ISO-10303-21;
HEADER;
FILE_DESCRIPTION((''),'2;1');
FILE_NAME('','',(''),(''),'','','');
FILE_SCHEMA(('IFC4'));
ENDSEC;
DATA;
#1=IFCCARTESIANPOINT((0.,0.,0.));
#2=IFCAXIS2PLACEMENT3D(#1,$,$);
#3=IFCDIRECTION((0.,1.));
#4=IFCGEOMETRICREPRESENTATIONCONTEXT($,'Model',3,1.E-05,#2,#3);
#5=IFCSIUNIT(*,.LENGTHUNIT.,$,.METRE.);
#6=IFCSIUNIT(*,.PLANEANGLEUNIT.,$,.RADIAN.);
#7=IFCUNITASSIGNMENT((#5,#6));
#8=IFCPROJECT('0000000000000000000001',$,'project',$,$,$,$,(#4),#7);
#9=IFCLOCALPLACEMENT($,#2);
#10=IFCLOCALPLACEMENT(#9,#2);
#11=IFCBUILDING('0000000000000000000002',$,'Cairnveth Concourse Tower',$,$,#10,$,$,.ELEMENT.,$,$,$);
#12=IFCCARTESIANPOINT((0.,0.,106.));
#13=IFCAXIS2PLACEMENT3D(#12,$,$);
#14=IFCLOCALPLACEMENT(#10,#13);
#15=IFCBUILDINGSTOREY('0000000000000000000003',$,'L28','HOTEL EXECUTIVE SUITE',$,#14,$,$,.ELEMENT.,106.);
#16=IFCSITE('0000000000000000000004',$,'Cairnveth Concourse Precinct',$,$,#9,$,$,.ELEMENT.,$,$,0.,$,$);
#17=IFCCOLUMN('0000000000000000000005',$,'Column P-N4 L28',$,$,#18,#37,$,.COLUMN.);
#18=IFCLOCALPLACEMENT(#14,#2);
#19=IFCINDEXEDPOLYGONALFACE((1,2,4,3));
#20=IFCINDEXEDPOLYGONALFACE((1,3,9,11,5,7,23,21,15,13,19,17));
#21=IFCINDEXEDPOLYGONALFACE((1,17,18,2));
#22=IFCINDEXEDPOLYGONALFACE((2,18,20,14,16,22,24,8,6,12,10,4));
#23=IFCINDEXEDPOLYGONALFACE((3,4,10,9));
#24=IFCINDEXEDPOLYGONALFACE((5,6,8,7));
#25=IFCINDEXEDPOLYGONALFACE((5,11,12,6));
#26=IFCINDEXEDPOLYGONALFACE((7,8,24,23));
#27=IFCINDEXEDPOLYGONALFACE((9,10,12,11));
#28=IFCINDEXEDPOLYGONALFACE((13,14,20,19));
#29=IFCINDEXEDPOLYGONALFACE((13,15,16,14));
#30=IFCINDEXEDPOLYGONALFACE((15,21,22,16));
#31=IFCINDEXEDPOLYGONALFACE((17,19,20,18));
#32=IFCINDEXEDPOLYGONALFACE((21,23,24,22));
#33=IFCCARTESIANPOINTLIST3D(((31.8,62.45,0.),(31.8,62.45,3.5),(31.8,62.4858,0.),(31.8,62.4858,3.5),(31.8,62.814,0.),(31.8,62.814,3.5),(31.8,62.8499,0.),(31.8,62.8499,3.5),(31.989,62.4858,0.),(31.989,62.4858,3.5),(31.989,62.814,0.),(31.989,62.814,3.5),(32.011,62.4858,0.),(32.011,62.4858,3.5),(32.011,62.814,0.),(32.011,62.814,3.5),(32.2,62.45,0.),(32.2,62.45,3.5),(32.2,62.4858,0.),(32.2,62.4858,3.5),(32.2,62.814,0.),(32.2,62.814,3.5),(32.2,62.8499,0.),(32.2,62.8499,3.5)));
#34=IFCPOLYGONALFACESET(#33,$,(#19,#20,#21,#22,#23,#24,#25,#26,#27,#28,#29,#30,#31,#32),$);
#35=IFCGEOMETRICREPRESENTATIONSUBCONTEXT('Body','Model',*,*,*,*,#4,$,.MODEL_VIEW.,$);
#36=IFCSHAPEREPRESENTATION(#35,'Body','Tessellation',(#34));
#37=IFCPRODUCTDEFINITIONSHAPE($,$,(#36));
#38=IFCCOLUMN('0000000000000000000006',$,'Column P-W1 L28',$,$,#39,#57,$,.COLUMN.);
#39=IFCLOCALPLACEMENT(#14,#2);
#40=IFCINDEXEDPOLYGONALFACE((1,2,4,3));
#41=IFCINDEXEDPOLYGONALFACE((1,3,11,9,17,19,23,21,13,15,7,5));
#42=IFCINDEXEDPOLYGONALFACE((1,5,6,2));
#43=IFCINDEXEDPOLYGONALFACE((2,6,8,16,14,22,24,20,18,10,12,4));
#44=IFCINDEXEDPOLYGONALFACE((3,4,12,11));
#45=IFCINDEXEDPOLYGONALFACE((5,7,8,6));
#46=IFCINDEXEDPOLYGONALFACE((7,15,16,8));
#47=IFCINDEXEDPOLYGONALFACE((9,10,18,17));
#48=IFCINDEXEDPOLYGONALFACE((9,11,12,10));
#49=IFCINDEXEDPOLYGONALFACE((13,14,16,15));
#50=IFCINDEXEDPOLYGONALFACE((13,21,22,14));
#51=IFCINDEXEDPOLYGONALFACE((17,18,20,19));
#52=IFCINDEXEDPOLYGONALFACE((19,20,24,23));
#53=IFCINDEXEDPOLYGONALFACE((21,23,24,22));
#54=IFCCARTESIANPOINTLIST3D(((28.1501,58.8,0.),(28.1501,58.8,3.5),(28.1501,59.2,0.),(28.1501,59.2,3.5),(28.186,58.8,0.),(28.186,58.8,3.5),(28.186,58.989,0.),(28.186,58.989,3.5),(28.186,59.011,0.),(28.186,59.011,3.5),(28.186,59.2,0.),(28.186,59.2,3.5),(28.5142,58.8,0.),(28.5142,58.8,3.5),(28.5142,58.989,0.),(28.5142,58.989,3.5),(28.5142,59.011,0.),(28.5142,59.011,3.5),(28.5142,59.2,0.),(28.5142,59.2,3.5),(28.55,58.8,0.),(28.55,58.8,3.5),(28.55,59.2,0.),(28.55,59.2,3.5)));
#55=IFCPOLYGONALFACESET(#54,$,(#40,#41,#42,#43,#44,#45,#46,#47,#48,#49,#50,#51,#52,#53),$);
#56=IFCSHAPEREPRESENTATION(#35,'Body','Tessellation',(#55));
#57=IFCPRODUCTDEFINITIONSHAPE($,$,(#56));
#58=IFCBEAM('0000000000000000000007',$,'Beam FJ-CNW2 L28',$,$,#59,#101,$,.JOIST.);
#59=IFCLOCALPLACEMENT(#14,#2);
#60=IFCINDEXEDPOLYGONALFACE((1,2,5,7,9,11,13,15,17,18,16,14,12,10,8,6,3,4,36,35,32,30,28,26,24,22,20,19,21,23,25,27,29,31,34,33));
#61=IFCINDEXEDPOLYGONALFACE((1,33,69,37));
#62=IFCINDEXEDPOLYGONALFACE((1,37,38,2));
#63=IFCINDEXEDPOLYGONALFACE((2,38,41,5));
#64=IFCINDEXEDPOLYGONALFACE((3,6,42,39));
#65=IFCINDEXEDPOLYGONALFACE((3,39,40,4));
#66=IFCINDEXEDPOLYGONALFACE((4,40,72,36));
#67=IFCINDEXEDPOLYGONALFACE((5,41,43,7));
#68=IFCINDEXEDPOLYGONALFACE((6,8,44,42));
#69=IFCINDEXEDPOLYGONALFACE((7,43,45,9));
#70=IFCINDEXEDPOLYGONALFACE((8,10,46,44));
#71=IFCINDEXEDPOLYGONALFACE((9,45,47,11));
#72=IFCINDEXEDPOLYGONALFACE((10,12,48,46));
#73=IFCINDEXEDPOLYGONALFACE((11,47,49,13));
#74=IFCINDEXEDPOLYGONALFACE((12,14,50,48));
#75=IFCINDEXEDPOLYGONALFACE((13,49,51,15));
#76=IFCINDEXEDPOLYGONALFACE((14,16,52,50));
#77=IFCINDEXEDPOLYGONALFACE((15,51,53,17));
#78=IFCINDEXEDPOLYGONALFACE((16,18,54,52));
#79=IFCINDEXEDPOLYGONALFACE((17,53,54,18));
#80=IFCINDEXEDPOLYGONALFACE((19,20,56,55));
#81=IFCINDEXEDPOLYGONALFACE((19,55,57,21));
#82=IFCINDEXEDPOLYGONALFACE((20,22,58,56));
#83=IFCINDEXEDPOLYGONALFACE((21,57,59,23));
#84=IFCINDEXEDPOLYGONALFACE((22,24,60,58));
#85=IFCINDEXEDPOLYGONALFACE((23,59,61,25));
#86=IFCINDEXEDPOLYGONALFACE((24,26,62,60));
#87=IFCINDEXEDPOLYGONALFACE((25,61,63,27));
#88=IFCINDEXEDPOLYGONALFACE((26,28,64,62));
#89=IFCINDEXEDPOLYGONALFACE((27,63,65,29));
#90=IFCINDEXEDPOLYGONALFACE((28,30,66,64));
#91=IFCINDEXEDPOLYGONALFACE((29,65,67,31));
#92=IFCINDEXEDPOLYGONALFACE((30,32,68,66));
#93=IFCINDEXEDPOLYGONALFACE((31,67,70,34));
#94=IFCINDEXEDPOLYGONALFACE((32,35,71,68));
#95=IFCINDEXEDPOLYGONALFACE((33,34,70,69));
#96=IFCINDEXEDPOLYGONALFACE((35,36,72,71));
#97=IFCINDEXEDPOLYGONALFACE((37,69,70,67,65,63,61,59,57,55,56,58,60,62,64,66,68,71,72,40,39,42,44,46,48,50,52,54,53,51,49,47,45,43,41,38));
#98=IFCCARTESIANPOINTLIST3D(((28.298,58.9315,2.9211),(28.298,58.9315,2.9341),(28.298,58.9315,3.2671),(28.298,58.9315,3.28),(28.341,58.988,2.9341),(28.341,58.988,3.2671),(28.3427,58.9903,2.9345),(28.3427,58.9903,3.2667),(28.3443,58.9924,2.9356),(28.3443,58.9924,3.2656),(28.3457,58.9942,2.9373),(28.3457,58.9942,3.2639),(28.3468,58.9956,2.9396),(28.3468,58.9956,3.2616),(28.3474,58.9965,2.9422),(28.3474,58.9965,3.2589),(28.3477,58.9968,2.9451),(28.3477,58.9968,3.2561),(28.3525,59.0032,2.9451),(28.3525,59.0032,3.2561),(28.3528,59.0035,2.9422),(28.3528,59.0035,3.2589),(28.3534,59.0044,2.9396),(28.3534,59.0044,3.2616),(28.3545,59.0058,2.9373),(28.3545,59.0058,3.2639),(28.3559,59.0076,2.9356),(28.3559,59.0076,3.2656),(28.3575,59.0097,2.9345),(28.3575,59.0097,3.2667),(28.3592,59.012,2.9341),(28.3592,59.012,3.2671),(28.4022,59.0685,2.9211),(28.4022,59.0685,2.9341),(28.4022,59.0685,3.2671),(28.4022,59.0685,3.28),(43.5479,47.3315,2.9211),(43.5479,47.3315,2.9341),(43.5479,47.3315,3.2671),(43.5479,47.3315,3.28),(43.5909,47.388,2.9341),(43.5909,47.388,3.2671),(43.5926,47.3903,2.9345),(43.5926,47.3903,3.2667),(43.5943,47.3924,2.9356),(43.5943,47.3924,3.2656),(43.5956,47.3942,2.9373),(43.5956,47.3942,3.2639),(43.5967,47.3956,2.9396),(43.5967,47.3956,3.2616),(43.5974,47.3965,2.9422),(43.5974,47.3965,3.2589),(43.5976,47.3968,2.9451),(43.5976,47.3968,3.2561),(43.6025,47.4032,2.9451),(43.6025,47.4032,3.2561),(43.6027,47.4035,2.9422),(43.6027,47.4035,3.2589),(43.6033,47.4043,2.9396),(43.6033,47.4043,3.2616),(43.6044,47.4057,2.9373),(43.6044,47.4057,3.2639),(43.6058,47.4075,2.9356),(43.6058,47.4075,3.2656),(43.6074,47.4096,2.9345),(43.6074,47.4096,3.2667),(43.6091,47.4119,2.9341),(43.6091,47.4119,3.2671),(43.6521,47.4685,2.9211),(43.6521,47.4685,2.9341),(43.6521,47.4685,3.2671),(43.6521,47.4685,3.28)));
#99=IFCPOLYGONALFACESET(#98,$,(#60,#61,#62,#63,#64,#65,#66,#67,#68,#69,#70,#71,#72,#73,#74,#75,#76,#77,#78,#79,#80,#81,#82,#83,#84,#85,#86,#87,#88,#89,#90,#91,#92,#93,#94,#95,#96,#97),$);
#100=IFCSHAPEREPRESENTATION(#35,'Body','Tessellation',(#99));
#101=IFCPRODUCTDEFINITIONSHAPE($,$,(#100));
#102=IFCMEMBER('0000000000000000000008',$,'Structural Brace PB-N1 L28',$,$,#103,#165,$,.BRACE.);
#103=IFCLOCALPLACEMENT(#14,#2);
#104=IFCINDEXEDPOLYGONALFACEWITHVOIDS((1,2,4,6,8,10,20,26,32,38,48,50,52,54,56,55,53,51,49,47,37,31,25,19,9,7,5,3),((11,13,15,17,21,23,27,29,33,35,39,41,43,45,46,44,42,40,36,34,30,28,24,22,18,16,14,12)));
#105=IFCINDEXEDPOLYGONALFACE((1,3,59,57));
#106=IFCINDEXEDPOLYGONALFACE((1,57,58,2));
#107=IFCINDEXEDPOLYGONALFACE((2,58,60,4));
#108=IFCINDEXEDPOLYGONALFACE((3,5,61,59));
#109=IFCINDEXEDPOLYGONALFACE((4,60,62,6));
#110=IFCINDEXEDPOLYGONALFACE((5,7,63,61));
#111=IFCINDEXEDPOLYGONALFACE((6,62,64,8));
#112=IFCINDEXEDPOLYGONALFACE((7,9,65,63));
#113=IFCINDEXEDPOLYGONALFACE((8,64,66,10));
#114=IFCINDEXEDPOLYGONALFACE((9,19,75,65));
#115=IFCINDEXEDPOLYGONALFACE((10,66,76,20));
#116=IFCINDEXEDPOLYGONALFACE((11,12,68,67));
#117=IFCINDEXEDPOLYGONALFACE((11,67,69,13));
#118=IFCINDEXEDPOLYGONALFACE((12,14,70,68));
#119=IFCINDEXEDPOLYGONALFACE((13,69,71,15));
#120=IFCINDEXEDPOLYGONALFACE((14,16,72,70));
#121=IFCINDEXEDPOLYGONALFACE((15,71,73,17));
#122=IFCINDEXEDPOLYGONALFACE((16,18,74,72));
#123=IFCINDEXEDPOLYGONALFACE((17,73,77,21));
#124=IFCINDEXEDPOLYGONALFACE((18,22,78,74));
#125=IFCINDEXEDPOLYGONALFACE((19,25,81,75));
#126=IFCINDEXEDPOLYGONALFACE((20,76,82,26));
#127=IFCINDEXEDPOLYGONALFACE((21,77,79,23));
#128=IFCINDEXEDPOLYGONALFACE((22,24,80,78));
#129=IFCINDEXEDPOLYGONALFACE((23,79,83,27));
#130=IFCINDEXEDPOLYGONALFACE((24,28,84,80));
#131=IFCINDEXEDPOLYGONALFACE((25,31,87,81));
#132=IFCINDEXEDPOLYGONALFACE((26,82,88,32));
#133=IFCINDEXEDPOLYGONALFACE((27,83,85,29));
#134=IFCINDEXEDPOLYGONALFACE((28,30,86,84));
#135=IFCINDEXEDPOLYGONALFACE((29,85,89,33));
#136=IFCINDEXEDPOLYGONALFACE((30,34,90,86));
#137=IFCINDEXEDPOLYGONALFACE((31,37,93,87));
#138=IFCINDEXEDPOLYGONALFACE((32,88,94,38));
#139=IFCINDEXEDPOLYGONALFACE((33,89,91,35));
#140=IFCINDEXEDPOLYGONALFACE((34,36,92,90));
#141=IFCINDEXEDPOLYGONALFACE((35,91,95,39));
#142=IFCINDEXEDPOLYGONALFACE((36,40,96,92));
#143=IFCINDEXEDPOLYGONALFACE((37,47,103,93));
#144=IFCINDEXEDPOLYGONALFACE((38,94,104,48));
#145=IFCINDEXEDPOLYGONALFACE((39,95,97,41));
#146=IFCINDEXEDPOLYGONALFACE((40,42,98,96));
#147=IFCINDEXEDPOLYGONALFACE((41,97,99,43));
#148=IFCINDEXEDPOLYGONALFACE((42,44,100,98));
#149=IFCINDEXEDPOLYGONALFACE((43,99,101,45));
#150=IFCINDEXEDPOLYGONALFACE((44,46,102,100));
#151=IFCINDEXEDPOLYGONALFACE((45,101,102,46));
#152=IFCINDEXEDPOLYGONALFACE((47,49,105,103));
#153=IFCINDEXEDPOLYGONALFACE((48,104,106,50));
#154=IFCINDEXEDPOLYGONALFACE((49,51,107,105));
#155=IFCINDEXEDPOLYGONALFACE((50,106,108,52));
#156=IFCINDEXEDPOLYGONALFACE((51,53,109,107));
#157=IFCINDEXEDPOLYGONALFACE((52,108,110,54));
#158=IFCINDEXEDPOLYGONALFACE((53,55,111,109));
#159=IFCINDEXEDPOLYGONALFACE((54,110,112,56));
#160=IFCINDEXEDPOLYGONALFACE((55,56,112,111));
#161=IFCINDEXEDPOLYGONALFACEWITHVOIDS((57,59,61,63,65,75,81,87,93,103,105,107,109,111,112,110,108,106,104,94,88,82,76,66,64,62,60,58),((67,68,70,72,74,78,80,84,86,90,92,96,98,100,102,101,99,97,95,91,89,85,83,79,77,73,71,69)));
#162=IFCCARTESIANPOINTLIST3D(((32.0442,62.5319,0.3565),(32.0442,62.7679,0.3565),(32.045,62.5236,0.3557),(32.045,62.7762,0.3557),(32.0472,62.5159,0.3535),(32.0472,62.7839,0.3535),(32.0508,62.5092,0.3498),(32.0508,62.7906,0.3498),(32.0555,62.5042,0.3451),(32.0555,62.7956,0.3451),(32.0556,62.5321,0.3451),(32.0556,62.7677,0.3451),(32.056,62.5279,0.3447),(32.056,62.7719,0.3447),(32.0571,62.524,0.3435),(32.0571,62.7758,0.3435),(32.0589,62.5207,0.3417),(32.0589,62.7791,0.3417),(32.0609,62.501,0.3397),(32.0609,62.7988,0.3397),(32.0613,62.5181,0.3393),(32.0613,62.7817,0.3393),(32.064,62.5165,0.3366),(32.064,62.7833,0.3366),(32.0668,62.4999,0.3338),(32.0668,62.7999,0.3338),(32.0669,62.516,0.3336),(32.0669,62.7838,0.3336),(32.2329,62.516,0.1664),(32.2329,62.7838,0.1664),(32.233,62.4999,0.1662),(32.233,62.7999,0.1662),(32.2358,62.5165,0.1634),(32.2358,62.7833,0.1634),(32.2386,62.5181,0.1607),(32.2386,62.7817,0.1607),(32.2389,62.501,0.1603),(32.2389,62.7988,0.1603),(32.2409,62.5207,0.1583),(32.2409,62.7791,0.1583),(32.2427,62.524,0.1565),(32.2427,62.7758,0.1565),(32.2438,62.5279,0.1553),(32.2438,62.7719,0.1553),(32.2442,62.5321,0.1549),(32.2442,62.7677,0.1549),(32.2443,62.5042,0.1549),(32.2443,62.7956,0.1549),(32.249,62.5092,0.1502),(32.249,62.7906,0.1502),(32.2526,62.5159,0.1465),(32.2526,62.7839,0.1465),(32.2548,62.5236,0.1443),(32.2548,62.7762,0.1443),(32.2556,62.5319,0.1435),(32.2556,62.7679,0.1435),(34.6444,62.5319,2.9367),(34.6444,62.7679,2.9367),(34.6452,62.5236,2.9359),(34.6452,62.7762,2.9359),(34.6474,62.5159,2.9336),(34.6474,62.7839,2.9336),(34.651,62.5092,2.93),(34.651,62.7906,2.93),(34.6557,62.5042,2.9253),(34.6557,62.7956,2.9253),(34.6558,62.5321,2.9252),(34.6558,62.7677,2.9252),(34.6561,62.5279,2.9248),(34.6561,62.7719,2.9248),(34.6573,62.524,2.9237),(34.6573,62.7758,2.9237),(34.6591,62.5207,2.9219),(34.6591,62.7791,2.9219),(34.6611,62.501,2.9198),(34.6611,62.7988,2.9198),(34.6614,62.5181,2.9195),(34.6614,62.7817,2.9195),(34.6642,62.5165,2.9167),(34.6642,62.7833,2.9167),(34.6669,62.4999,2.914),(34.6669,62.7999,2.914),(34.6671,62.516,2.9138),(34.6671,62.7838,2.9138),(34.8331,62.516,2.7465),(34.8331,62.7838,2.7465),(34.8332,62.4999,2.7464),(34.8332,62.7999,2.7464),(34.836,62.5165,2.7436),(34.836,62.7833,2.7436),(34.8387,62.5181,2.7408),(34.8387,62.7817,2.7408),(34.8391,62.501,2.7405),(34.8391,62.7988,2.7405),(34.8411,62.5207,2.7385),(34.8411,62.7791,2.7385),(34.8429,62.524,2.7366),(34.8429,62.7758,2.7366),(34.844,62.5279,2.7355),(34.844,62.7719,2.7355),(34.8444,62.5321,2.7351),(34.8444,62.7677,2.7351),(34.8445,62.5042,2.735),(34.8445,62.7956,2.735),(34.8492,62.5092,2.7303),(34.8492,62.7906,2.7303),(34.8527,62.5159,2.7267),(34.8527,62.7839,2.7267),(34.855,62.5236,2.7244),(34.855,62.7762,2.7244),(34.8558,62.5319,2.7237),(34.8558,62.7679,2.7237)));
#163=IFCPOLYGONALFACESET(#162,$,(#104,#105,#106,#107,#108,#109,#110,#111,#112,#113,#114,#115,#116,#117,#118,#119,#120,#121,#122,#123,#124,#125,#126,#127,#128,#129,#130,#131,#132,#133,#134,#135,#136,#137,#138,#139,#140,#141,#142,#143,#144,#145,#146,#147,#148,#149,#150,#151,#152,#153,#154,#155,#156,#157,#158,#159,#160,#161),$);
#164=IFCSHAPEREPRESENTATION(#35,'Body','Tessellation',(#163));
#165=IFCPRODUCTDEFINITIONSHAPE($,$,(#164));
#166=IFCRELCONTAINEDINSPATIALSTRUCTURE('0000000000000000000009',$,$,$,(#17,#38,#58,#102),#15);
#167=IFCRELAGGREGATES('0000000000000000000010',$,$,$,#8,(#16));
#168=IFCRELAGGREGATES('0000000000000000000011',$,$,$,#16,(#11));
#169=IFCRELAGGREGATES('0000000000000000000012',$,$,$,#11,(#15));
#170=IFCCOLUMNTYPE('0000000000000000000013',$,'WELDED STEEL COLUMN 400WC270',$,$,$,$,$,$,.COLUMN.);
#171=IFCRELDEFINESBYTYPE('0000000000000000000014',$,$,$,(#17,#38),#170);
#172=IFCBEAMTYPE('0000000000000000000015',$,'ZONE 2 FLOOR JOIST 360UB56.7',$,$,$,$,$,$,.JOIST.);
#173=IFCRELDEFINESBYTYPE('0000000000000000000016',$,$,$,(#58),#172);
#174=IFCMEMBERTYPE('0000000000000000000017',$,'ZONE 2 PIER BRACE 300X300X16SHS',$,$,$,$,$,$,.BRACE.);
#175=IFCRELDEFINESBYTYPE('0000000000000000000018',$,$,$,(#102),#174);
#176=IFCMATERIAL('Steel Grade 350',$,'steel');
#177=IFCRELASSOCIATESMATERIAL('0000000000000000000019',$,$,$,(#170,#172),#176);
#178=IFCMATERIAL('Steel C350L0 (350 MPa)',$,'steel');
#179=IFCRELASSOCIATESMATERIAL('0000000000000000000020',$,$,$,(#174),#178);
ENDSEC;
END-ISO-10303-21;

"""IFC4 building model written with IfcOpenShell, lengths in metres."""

from ifc_helpers import new_model, si_unit, direction, frame, origin, origin_2d, place, context, subcontext, project, spatial, hollow_rectangle, i_section, extrude, material, material_profile, profile_set, type_object, element, save


model = new_model("IFC4")

# Units and contexts
model_context = context("Model", 3, precision=1e-05, world=origin(), true_north=direction((0.0, 1.0)))
body_context = subcontext(model_context, "Body", "Model", "MODEL_VIEW")
ifc_project = project(units=[si_unit("LENGTHUNIT", "METRE"), si_unit("PLANEANGLEUNIT", "RADIAN")], contexts=[model_context])

# Site, building, storey
site_placement = place(None, origin())
site = spatial("IfcSite", under=ifc_project, at=site_placement, Name="Cairnveth Concourse Precinct", CompositionType="ELEMENT", RefElevation=0.0)
building_placement = place(site_placement, origin())
building = spatial("IfcBuilding", under=site, at=building_placement, Name="Cairnveth Concourse Tower", CompositionType="ELEMENT")
storey_placement = place(building_placement, frame((0.0, 0.0, 106.0)))
storey = spatial("IfcBuildingStorey", under=building, at=storey_placement, Name="L28", Description="HOTEL EXECUTIVE SUITE", CompositionType="ELEMENT", Elevation=106.0)

# Columns
ifc_material_1 = material(Name="Steel Grade 350", Category="steel")
ifc_material_profile_1 = material_profile(ifc_material_1, i_section(OverallWidth=0.3999, OverallDepth=0.3999, WebThickness=0.022, FlangeThickness=0.0359, at=origin_2d()), Name="400WC270")
ifc_profile_set_1 = profile_set([ifc_material_profile_1], Name="Steel Grade 350")
column_type = type_object("IfcColumnType", Name="WELDED STEEL COLUMN 400WC270", PredefinedType="COLUMN", material=ifc_profile_set_1)
for number, where, z_axis, x_axis, name in (
    (1, (32.0, 62.6499, 0.0), (0.0, 0.0, 1.0), (1.0, 0.0, 0.0), "Column P-N4 L28"),
    (2, (28.3501, 59.0, 0.0), (0.0, 0.0, 1.0), (0.0, 1.0, 0.0), "Column P-W1 L28"),
):
    element("IfcColumn", number, at=place(storey_placement, frame(where, z_axis=z_axis, x_axis=x_axis)), inside=storey, type_object=column_type, Name=name, PredefinedType="COLUMN", context=body_context, shape_type="SweptSolid", body=[
        extrude(i_section(OverallWidth=0.3999, OverallDepth=0.3999, WebThickness=0.022, FlangeThickness=0.0359, at=origin_2d()), origin(), (0.0, 0.0, 1.0), 3.5),
    ])

# Beam
ifc_material_profile_2 = material_profile(ifc_material_1, i_section(OverallWidth=0.1721, OverallDepth=0.3589, WebThickness=0.0081, FlangeThickness=0.0129, FilletRadius=0.011, at=origin_2d()), Name="360UB56.7")
ifc_profile_set_2 = profile_set([ifc_material_profile_2], Name="Steel Grade 350")
beam_type_1 = type_object("IfcBeamType", Name="ZONE 2 FLOOR JOIST 360UB56.7", PredefinedType="JOIST", material=ifc_profile_set_2)
beam_1_placement = place(storey_placement, frame((28.3501, 59.0, 3.1006), z_axis=(0.795908, -0.605417, 0.0), x_axis=(0.605417, 0.795908, 0.0)))
element("IfcBeam", 3, at=beam_1_placement, inside=storey, type_object=beam_type_1, Name="Beam FJ-CNW2 L28", PredefinedType="JOIST", context=body_context, shape_type="SweptSolid", body=[
    extrude(i_section(OverallWidth=0.1721, OverallDepth=0.3589, WebThickness=0.0081, FlangeThickness=0.0129, FilletRadius=0.011, at=origin_2d()), origin(), (0.0, 0.0, 1.0), 19.1604),
])

# Member
ifc_material_2 = material(Name="Steel C350L0 (350 MPa)", Category="steel")
ifc_material_profile_3 = material_profile(ifc_material_2, hollow_rectangle(XDim=0.3, YDim=0.3, WallThickness=0.0161, InnerFilletRadius=0.0161, OuterFilletRadius=0.032, at=origin_2d()), Name="300x300x16.0SHS")
ifc_profile_set_3 = profile_set([ifc_material_profile_3], Name="Steel C350L0 (350 MPa)")
member_type = type_object("IfcMemberType", Name="ZONE 2 PIER BRACE 300X300X16SHS", PredefinedType="BRACE", material=ifc_profile_set_3)
for number, where, z_axis, x_axis, name in (
    (4, (32.1499, 62.6499, 0.25), (0.709834, 0.0, 0.704369), (0.0, 1.0, 0.0), "Structural Brace PB-N1 L28"),
):
    element("IfcMember", number, at=place(storey_placement, frame(where, z_axis=z_axis, x_axis=x_axis)), inside=storey, type_object=member_type, Name=name, PredefinedType="BRACE", context=body_context, shape_type="SweptSolid", body=[
        extrude(hollow_rectangle(XDim=0.3, YDim=0.3, WallThickness=0.0161, InnerFilletRadius=0.0161, OuterFilletRadius=0.032, at=origin_2d()), origin(), (0.0, 0.0, 1.0), 3.6631),
    ])

save(model, "model.ifc")
